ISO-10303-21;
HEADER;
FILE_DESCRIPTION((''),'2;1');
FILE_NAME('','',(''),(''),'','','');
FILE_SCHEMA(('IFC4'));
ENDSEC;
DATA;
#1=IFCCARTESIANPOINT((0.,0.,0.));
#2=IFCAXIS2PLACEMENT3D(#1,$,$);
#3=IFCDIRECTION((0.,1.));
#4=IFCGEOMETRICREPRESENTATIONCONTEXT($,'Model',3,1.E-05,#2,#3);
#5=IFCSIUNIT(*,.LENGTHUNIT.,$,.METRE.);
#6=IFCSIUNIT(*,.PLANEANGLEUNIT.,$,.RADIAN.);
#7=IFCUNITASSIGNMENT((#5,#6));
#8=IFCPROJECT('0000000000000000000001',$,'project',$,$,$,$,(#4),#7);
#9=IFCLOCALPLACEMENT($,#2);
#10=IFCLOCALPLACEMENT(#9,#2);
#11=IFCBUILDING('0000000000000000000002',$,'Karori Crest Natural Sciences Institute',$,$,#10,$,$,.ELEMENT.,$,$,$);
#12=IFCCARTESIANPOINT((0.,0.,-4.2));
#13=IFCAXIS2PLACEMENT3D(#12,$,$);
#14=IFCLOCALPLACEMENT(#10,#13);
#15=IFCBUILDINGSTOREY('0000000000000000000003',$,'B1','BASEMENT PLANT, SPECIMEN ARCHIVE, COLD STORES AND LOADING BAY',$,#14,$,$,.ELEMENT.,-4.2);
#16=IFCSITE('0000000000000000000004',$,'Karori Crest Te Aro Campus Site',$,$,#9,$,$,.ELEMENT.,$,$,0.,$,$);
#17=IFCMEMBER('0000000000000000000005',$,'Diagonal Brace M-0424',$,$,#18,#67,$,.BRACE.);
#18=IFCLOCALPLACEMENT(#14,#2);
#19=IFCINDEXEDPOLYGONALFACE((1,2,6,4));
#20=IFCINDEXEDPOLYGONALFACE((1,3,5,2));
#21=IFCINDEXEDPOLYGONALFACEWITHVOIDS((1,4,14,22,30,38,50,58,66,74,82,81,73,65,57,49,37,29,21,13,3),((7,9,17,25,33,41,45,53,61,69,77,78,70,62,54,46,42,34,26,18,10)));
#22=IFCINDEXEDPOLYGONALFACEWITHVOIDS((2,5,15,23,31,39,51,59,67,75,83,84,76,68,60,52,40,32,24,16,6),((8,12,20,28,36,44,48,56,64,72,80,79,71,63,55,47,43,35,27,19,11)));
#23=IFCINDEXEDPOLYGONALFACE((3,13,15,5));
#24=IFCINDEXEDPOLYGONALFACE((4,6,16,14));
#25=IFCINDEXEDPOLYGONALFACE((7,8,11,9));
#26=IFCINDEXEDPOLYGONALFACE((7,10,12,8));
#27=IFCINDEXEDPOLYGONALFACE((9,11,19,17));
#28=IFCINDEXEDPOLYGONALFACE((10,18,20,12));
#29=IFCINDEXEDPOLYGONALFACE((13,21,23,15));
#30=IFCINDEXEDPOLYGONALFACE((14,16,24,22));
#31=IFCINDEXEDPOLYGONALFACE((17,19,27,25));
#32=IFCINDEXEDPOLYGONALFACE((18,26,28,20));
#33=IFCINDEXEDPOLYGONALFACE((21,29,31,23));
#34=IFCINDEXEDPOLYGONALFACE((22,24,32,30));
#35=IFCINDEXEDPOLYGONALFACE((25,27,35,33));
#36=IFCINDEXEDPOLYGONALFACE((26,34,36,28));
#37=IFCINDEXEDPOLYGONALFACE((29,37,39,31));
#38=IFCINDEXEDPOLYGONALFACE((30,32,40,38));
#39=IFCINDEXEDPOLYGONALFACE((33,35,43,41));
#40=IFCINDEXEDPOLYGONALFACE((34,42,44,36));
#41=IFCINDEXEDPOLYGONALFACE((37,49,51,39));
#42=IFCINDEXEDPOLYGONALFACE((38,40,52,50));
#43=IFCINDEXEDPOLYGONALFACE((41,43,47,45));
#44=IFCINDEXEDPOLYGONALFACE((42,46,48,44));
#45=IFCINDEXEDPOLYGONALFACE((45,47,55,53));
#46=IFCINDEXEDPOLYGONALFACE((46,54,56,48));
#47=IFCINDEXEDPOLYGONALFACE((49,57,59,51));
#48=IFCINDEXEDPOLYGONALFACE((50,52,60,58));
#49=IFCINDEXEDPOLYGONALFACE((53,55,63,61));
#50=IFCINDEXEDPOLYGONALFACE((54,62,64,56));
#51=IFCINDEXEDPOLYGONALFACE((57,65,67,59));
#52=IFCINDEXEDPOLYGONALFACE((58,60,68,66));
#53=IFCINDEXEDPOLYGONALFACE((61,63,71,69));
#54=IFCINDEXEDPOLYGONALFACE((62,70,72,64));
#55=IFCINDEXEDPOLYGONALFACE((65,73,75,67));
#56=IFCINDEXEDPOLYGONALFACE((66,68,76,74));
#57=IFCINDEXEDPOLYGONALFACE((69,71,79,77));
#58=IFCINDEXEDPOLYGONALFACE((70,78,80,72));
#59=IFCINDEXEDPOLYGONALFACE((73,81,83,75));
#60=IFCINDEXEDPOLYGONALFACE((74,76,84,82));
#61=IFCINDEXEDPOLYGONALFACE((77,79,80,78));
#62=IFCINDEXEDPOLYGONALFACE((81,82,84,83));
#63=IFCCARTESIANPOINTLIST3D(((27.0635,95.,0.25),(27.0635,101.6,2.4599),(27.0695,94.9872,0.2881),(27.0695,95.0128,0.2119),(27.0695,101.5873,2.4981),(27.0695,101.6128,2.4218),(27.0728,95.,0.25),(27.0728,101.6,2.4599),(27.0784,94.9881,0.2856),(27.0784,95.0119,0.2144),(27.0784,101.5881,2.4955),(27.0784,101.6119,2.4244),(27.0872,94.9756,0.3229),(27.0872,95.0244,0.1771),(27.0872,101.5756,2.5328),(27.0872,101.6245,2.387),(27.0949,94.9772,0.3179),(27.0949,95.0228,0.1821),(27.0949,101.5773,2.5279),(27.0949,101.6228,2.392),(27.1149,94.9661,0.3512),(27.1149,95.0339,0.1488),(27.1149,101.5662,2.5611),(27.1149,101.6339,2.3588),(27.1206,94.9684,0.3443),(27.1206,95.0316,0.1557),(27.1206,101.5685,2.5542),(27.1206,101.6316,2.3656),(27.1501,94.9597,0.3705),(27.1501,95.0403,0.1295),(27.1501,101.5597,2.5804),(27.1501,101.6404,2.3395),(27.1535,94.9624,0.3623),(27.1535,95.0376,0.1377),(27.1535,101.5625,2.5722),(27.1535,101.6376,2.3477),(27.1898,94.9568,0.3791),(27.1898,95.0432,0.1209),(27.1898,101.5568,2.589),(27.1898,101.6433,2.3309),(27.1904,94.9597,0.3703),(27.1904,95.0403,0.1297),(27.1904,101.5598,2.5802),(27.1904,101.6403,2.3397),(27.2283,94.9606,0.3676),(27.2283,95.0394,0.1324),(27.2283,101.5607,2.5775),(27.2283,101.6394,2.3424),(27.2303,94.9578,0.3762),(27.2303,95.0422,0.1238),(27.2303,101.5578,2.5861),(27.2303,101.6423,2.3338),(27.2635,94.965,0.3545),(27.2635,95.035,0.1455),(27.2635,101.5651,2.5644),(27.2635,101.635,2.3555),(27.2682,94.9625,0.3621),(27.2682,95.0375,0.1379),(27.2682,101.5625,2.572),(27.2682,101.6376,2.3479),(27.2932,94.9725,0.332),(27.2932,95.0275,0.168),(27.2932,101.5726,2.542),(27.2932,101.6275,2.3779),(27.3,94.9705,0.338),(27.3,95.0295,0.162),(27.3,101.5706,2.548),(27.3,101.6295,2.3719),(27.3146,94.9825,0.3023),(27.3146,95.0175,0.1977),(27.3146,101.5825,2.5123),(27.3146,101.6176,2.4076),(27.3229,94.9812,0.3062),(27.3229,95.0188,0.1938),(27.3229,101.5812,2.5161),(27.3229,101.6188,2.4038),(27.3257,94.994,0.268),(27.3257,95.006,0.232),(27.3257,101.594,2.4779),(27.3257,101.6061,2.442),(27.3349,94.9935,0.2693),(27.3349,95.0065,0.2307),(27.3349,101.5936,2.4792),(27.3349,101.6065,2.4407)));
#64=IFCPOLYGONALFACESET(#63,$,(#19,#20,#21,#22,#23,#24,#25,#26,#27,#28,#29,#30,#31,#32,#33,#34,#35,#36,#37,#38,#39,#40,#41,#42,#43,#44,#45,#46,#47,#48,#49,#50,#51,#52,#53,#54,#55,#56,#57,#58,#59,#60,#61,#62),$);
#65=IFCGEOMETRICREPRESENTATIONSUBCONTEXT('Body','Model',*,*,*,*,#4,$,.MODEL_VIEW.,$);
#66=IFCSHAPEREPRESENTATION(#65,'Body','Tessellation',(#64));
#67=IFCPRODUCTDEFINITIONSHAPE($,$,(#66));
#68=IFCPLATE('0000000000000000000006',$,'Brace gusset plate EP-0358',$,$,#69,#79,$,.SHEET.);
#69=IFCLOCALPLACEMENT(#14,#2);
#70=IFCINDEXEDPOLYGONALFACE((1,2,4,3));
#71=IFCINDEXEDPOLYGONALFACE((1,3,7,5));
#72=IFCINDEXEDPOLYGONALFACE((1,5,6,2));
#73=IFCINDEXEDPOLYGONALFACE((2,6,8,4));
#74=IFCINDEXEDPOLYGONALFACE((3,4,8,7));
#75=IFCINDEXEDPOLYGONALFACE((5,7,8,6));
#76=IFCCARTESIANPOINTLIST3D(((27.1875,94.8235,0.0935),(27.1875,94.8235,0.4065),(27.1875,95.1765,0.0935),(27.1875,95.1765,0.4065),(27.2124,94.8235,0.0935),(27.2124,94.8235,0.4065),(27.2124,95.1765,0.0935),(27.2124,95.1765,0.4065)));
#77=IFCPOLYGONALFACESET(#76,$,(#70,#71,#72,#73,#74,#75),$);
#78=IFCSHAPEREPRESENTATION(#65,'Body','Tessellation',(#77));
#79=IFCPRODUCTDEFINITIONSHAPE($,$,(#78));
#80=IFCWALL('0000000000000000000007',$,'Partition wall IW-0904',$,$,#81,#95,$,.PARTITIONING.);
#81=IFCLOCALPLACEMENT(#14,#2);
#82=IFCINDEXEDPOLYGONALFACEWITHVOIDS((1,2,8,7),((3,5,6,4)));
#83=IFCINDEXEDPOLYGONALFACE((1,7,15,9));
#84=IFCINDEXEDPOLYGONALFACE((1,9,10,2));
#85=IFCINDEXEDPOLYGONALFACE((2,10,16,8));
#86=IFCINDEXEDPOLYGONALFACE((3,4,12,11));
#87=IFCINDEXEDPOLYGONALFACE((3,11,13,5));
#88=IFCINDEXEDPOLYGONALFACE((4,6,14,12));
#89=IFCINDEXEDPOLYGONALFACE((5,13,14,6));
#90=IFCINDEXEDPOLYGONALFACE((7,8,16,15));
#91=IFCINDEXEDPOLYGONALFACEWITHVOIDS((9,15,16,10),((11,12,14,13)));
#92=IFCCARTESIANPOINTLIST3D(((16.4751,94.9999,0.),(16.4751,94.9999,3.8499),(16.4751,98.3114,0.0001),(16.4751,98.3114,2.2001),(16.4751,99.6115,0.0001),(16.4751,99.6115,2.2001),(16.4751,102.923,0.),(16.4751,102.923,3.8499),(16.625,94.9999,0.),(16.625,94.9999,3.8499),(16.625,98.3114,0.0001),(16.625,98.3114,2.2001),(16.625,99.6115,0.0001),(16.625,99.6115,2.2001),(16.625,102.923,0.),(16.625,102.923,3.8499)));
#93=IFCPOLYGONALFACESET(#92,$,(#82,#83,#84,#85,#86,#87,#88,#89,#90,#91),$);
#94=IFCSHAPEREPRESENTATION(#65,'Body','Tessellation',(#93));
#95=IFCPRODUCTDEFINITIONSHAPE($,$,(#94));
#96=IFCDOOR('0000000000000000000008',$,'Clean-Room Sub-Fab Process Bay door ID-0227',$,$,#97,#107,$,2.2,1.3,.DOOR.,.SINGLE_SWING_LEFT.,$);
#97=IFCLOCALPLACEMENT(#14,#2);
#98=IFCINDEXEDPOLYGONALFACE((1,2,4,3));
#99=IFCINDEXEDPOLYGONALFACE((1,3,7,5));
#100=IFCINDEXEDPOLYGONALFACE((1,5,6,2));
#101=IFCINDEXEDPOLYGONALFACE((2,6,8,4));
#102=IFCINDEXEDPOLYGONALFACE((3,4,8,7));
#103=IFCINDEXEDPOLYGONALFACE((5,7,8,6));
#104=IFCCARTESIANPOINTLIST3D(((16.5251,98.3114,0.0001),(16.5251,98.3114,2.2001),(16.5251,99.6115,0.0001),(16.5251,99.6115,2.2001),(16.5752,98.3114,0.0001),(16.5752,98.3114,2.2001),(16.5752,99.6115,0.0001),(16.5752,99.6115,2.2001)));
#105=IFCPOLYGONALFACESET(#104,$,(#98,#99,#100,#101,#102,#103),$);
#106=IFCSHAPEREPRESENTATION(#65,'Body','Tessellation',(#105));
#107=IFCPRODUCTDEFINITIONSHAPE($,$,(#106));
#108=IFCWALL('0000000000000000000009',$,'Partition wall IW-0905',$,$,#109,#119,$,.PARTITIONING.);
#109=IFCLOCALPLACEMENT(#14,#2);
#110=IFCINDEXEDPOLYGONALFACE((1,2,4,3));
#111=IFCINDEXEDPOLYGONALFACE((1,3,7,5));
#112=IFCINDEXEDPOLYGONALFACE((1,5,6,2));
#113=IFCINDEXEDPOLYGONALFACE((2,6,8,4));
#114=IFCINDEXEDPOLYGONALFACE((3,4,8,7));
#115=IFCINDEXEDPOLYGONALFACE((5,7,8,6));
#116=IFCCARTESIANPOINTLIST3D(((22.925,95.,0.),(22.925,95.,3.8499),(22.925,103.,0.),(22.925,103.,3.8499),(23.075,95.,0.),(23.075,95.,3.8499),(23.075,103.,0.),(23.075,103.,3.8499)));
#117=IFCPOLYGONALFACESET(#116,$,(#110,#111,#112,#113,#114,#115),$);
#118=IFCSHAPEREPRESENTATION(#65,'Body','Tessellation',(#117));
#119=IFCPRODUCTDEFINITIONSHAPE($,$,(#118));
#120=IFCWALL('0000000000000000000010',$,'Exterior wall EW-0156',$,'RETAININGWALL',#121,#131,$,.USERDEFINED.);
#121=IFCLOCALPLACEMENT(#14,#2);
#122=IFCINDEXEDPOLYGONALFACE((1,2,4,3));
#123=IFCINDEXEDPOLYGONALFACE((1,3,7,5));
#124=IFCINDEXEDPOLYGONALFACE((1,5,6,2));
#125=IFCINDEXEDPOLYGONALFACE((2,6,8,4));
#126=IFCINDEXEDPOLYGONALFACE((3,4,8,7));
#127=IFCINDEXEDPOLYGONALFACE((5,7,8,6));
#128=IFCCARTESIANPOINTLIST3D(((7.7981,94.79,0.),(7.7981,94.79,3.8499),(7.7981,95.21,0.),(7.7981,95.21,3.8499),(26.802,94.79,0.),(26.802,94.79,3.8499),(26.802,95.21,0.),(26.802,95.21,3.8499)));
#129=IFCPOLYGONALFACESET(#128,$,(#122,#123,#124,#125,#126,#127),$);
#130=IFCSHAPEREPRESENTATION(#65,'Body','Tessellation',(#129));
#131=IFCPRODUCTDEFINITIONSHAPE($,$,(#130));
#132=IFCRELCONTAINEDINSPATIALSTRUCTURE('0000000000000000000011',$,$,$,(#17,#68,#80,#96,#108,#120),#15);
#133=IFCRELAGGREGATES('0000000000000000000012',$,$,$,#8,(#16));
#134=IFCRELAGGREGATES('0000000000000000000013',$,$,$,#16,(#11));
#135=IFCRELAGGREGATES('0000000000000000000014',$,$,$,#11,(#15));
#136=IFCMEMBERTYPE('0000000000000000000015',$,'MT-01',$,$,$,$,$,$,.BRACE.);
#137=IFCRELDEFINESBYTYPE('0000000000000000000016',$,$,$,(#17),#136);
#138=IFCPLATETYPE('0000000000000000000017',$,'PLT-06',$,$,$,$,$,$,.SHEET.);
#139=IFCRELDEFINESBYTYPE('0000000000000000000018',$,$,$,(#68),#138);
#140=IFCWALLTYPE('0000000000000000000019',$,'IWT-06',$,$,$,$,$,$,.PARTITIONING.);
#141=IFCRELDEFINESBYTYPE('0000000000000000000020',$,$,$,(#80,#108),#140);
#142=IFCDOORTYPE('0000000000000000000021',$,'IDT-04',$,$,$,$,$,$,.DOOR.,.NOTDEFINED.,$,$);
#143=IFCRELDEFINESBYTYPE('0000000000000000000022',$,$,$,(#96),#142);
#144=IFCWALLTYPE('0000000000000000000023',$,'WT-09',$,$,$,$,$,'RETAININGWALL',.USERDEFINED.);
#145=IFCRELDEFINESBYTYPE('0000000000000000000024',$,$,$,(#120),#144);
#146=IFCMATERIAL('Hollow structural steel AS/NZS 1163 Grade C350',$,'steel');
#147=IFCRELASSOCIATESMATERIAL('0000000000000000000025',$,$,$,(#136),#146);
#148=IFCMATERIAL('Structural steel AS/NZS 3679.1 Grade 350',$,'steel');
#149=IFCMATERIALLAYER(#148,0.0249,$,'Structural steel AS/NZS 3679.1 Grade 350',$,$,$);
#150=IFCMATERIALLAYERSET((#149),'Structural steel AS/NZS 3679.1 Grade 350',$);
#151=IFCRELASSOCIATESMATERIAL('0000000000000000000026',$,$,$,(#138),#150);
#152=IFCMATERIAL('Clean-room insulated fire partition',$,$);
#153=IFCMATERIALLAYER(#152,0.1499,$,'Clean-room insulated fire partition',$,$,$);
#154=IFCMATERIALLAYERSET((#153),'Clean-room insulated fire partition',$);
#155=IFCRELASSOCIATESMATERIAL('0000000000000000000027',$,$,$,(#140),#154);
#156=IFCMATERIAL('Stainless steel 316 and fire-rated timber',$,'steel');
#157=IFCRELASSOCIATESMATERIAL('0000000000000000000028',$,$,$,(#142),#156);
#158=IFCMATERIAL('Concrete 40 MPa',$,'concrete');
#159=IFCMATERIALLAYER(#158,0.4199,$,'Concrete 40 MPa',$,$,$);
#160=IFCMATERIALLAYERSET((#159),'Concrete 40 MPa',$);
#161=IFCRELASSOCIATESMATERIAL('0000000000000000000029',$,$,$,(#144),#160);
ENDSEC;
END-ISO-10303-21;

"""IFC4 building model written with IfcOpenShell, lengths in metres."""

from ifc_helpers import new_model, si_unit, direction, frame, frame_2d, origin, origin_2d, place, context, subcontext, project, spatial, rectangle, hollow_circle, extrude, material, layer, layer_set, material_profile, profile_set, type_object, element, fill, save


model = new_model("IFC4")

# Units and contexts
model_context = context("Model", 3, precision=1e-05, world=origin(), true_north=direction((0.0, 1.0)))
body_context = subcontext(model_context, "Body", "Model", "MODEL_VIEW")
ifc_project = project(units=[si_unit("LENGTHUNIT", "METRE"), si_unit("PLANEANGLEUNIT", "RADIAN")], contexts=[model_context])

# Site, building, storey
site_placement = place(None, origin())
site = spatial("IfcSite", under=ifc_project, at=site_placement, Name="Karori Crest Te Aro Campus Site", CompositionType="ELEMENT", RefElevation=0.0)
building_placement = place(site_placement, origin())
building = spatial("IfcBuilding", under=site, at=building_placement, Name="Karori Crest Natural Sciences Institute", CompositionType="ELEMENT")
storey_placement = place(building_placement, frame((0.0, 0.0, -4.2)))
storey = spatial("IfcBuildingStorey", under=building, at=storey_placement, Name="B1", Description="BASEMENT PLANT, SPECIMEN ARCHIVE, COLD STORES AND LOADING BAY", CompositionType="ELEMENT", Elevation=-4.2)

# Shared definitions
ifc_material_1 = material(Name="Concrete 40 MPa", Category="concrete")

# Member
ifc_material_2 = material(Name="Hollow structural steel AS/NZS 1163 Grade C350", Category="steel")
ifc_material_profile_1 = material_profile(ifc_material_2, hollow_circle(Radius=0.1365, WallThickness=0.0093, at=origin_2d()), Name="CHS273.0x9.3")
ifc_profile_set_1 = profile_set([ifc_material_profile_1], Name="Hollow structural steel AS/NZS 1163 Grade C350")
member_type = type_object("IfcMemberType", Name="MT-01", PredefinedType="BRACE", material=ifc_profile_set_1)
member_placement = place(storey_placement, frame((27.2, 95.0, 0.25), z_axis=(0.0, 0.948254, 0.317511), x_axis=(-1.0, 0.0, 0.0)))
element("IfcMember", 1, at=member_placement, inside=storey, type_object=member_type, Name="Diagonal Brace M-0424", PredefinedType="BRACE", context=body_context, shape_type="SweptSolid", body=[
    extrude(hollow_circle(Radius=0.1365, WallThickness=0.0093, at=origin_2d()), origin(), (0.0, 0.0, 1.0), 6.9602),
])

# Plate
ifc_material_3 = material(Name="Structural steel AS/NZS 3679.1 Grade 350", Category="steel")
ifc_layer_1 = layer(ifc_material_3, 0.0249, Name="Structural steel AS/NZS 3679.1 Grade 350")
ifc_layer_set_1 = layer_set([ifc_layer_1], Name="Structural steel AS/NZS 3679.1 Grade 350")
plate_type = type_object("IfcPlateType", Name="PLT-06", PredefinedType="SHEET", material=ifc_layer_set_1)
plate_placement = place(storey_placement, frame((27.2, 95.0, 0.0935), z_axis=(0.0, 0.0, 1.0), x_axis=(0.0, 1.0, 0.0)))
element("IfcPlate", 2, at=plate_placement, inside=storey, type_object=plate_type, Name="Brace gusset plate EP-0358", PredefinedType="SHEET", context=body_context, shape_type="SweptSolid", body=[
    extrude(rectangle(XDim=0.353, YDim=0.0249, at=origin_2d()), origin(), (0.0, 0.0, 1.0), 0.313),
])

# Wall, opening, door
ifc_material_4 = material(Name="Clean-room insulated fire partition")
ifc_layer_2 = layer(ifc_material_4, 0.1499, Name="Clean-room insulated fire partition")
ifc_layer_set_2 = layer_set([ifc_layer_2], Name="Clean-room insulated fire partition")
wall_type_1 = type_object("IfcWallType", Name="IWT-06", PredefinedType="PARTITIONING", material=ifc_layer_set_2)
wall_1_placement = place(storey_placement, frame((16.55, 95.0, 0.0), z_axis=(0.0, 0.0, 1.0), x_axis=(0.0, 1.0, 0.0)))
wall_1 = element("IfcWall", 3, at=wall_1_placement, inside=storey, type_object=wall_type_1, Name="Partition wall IW-0904", PredefinedType="PARTITIONING", context=body_context, shape_type="SweptSolid", body=[
    extrude(rectangle(XDim=7.9231, YDim=0.1499, at=frame_2d((3.9614, 0.0))), origin(), (0.0, 0.0, 1.0), 3.8499),
])
opening_placement = place(wall_1_placement, frame((3.3115, 0.0, 0.0)))
opening = element("IfcOpeningElement", 4, at=opening_placement, cuts=wall_1, PredefinedType="OPENING", context=body_context, shape_type="SweptSolid", body=[
    extrude(rectangle(XDim=1.3, YDim=2.2, at=frame_2d((0.6499, 1.1001))), frame((0.0, 0.085, 0.0), z_axis=(0.0, -1.0, 0.0), x_axis=(1.0, 0.0, 0.0)), (0.0, 0.0, 1.0), 0.1699),
])
ifc_material_5 = material(Name="Stainless steel 316 and fire-rated timber", Category="steel")
door_type = type_object("IfcDoorType", Name="IDT-04", OperationType="NOTDEFINED", PredefinedType="DOOR", material=ifc_material_5)
door_placement = place(opening_placement, origin())
door = element("IfcDoor", 5, at=door_placement, inside=storey, type_object=door_type, Name="Clean-Room Sub-Fab Process Bay door ID-0227", OperationType="SINGLE_SWING_LEFT", OverallHeight=2.2, OverallWidth=1.3, PredefinedType="DOOR", context=body_context, shape_type="SweptSolid", body=[
    extrude(rectangle(XDim=1.3, YDim=2.2, at=frame_2d((0.6499, 1.1001))), frame((0.0, 0.0249, 0.0), z_axis=(0.0, -1.0, 0.0), x_axis=(1.0, 0.0, 0.0)), (0.0, 0.0, 1.0), 0.05),
])
fill(opening, door)

# Walls
wall_2_placement = place(storey_placement, frame((23.0, 95.0, 0.0), z_axis=(0.0, 0.0, 1.0), x_axis=(0.0, 1.0, 0.0)))
element("IfcWall", 6, at=wall_2_placement, inside=storey, type_object=wall_type_1, Name="Partition wall IW-0905", PredefinedType="PARTITIONING", context=body_context, shape_type="SweptSolid", body=[
    extrude(rectangle(XDim=8.0, YDim=0.1499, at=frame_2d((4.0, 0.0))), origin(), (0.0, 0.0, 1.0), 3.8499),
])
ifc_layer_3 = layer(ifc_material_1, 0.4199, Name="Concrete 40 MPa")
ifc_layer_set_3 = layer_set([ifc_layer_3], Name="Concrete 40 MPa")
wall_type_2 = type_object("IfcWallType", Name="WT-09", ElementType="RETAININGWALL", PredefinedType="USERDEFINED", material=ifc_layer_set_3)
wall_3_placement = place(storey_placement, frame((26.802, 95.0, 0.0), z_axis=(0.0, 0.0, 1.0), x_axis=(-1.0, 0.0, 0.0)))
element("IfcWall", 7, at=wall_3_placement, inside=storey, type_object=wall_type_2, Name="Exterior wall EW-0156", ObjectType="RETAININGWALL", PredefinedType="USERDEFINED", context=body_context, shape_type="SweptSolid", body=[
    extrude(rectangle(XDim=19.0039, YDim=0.4199, at=frame_2d((9.502, 0.0))), origin(), (0.0, 0.0, 1.0), 3.8499),
])

save(model, "model.ifc")
